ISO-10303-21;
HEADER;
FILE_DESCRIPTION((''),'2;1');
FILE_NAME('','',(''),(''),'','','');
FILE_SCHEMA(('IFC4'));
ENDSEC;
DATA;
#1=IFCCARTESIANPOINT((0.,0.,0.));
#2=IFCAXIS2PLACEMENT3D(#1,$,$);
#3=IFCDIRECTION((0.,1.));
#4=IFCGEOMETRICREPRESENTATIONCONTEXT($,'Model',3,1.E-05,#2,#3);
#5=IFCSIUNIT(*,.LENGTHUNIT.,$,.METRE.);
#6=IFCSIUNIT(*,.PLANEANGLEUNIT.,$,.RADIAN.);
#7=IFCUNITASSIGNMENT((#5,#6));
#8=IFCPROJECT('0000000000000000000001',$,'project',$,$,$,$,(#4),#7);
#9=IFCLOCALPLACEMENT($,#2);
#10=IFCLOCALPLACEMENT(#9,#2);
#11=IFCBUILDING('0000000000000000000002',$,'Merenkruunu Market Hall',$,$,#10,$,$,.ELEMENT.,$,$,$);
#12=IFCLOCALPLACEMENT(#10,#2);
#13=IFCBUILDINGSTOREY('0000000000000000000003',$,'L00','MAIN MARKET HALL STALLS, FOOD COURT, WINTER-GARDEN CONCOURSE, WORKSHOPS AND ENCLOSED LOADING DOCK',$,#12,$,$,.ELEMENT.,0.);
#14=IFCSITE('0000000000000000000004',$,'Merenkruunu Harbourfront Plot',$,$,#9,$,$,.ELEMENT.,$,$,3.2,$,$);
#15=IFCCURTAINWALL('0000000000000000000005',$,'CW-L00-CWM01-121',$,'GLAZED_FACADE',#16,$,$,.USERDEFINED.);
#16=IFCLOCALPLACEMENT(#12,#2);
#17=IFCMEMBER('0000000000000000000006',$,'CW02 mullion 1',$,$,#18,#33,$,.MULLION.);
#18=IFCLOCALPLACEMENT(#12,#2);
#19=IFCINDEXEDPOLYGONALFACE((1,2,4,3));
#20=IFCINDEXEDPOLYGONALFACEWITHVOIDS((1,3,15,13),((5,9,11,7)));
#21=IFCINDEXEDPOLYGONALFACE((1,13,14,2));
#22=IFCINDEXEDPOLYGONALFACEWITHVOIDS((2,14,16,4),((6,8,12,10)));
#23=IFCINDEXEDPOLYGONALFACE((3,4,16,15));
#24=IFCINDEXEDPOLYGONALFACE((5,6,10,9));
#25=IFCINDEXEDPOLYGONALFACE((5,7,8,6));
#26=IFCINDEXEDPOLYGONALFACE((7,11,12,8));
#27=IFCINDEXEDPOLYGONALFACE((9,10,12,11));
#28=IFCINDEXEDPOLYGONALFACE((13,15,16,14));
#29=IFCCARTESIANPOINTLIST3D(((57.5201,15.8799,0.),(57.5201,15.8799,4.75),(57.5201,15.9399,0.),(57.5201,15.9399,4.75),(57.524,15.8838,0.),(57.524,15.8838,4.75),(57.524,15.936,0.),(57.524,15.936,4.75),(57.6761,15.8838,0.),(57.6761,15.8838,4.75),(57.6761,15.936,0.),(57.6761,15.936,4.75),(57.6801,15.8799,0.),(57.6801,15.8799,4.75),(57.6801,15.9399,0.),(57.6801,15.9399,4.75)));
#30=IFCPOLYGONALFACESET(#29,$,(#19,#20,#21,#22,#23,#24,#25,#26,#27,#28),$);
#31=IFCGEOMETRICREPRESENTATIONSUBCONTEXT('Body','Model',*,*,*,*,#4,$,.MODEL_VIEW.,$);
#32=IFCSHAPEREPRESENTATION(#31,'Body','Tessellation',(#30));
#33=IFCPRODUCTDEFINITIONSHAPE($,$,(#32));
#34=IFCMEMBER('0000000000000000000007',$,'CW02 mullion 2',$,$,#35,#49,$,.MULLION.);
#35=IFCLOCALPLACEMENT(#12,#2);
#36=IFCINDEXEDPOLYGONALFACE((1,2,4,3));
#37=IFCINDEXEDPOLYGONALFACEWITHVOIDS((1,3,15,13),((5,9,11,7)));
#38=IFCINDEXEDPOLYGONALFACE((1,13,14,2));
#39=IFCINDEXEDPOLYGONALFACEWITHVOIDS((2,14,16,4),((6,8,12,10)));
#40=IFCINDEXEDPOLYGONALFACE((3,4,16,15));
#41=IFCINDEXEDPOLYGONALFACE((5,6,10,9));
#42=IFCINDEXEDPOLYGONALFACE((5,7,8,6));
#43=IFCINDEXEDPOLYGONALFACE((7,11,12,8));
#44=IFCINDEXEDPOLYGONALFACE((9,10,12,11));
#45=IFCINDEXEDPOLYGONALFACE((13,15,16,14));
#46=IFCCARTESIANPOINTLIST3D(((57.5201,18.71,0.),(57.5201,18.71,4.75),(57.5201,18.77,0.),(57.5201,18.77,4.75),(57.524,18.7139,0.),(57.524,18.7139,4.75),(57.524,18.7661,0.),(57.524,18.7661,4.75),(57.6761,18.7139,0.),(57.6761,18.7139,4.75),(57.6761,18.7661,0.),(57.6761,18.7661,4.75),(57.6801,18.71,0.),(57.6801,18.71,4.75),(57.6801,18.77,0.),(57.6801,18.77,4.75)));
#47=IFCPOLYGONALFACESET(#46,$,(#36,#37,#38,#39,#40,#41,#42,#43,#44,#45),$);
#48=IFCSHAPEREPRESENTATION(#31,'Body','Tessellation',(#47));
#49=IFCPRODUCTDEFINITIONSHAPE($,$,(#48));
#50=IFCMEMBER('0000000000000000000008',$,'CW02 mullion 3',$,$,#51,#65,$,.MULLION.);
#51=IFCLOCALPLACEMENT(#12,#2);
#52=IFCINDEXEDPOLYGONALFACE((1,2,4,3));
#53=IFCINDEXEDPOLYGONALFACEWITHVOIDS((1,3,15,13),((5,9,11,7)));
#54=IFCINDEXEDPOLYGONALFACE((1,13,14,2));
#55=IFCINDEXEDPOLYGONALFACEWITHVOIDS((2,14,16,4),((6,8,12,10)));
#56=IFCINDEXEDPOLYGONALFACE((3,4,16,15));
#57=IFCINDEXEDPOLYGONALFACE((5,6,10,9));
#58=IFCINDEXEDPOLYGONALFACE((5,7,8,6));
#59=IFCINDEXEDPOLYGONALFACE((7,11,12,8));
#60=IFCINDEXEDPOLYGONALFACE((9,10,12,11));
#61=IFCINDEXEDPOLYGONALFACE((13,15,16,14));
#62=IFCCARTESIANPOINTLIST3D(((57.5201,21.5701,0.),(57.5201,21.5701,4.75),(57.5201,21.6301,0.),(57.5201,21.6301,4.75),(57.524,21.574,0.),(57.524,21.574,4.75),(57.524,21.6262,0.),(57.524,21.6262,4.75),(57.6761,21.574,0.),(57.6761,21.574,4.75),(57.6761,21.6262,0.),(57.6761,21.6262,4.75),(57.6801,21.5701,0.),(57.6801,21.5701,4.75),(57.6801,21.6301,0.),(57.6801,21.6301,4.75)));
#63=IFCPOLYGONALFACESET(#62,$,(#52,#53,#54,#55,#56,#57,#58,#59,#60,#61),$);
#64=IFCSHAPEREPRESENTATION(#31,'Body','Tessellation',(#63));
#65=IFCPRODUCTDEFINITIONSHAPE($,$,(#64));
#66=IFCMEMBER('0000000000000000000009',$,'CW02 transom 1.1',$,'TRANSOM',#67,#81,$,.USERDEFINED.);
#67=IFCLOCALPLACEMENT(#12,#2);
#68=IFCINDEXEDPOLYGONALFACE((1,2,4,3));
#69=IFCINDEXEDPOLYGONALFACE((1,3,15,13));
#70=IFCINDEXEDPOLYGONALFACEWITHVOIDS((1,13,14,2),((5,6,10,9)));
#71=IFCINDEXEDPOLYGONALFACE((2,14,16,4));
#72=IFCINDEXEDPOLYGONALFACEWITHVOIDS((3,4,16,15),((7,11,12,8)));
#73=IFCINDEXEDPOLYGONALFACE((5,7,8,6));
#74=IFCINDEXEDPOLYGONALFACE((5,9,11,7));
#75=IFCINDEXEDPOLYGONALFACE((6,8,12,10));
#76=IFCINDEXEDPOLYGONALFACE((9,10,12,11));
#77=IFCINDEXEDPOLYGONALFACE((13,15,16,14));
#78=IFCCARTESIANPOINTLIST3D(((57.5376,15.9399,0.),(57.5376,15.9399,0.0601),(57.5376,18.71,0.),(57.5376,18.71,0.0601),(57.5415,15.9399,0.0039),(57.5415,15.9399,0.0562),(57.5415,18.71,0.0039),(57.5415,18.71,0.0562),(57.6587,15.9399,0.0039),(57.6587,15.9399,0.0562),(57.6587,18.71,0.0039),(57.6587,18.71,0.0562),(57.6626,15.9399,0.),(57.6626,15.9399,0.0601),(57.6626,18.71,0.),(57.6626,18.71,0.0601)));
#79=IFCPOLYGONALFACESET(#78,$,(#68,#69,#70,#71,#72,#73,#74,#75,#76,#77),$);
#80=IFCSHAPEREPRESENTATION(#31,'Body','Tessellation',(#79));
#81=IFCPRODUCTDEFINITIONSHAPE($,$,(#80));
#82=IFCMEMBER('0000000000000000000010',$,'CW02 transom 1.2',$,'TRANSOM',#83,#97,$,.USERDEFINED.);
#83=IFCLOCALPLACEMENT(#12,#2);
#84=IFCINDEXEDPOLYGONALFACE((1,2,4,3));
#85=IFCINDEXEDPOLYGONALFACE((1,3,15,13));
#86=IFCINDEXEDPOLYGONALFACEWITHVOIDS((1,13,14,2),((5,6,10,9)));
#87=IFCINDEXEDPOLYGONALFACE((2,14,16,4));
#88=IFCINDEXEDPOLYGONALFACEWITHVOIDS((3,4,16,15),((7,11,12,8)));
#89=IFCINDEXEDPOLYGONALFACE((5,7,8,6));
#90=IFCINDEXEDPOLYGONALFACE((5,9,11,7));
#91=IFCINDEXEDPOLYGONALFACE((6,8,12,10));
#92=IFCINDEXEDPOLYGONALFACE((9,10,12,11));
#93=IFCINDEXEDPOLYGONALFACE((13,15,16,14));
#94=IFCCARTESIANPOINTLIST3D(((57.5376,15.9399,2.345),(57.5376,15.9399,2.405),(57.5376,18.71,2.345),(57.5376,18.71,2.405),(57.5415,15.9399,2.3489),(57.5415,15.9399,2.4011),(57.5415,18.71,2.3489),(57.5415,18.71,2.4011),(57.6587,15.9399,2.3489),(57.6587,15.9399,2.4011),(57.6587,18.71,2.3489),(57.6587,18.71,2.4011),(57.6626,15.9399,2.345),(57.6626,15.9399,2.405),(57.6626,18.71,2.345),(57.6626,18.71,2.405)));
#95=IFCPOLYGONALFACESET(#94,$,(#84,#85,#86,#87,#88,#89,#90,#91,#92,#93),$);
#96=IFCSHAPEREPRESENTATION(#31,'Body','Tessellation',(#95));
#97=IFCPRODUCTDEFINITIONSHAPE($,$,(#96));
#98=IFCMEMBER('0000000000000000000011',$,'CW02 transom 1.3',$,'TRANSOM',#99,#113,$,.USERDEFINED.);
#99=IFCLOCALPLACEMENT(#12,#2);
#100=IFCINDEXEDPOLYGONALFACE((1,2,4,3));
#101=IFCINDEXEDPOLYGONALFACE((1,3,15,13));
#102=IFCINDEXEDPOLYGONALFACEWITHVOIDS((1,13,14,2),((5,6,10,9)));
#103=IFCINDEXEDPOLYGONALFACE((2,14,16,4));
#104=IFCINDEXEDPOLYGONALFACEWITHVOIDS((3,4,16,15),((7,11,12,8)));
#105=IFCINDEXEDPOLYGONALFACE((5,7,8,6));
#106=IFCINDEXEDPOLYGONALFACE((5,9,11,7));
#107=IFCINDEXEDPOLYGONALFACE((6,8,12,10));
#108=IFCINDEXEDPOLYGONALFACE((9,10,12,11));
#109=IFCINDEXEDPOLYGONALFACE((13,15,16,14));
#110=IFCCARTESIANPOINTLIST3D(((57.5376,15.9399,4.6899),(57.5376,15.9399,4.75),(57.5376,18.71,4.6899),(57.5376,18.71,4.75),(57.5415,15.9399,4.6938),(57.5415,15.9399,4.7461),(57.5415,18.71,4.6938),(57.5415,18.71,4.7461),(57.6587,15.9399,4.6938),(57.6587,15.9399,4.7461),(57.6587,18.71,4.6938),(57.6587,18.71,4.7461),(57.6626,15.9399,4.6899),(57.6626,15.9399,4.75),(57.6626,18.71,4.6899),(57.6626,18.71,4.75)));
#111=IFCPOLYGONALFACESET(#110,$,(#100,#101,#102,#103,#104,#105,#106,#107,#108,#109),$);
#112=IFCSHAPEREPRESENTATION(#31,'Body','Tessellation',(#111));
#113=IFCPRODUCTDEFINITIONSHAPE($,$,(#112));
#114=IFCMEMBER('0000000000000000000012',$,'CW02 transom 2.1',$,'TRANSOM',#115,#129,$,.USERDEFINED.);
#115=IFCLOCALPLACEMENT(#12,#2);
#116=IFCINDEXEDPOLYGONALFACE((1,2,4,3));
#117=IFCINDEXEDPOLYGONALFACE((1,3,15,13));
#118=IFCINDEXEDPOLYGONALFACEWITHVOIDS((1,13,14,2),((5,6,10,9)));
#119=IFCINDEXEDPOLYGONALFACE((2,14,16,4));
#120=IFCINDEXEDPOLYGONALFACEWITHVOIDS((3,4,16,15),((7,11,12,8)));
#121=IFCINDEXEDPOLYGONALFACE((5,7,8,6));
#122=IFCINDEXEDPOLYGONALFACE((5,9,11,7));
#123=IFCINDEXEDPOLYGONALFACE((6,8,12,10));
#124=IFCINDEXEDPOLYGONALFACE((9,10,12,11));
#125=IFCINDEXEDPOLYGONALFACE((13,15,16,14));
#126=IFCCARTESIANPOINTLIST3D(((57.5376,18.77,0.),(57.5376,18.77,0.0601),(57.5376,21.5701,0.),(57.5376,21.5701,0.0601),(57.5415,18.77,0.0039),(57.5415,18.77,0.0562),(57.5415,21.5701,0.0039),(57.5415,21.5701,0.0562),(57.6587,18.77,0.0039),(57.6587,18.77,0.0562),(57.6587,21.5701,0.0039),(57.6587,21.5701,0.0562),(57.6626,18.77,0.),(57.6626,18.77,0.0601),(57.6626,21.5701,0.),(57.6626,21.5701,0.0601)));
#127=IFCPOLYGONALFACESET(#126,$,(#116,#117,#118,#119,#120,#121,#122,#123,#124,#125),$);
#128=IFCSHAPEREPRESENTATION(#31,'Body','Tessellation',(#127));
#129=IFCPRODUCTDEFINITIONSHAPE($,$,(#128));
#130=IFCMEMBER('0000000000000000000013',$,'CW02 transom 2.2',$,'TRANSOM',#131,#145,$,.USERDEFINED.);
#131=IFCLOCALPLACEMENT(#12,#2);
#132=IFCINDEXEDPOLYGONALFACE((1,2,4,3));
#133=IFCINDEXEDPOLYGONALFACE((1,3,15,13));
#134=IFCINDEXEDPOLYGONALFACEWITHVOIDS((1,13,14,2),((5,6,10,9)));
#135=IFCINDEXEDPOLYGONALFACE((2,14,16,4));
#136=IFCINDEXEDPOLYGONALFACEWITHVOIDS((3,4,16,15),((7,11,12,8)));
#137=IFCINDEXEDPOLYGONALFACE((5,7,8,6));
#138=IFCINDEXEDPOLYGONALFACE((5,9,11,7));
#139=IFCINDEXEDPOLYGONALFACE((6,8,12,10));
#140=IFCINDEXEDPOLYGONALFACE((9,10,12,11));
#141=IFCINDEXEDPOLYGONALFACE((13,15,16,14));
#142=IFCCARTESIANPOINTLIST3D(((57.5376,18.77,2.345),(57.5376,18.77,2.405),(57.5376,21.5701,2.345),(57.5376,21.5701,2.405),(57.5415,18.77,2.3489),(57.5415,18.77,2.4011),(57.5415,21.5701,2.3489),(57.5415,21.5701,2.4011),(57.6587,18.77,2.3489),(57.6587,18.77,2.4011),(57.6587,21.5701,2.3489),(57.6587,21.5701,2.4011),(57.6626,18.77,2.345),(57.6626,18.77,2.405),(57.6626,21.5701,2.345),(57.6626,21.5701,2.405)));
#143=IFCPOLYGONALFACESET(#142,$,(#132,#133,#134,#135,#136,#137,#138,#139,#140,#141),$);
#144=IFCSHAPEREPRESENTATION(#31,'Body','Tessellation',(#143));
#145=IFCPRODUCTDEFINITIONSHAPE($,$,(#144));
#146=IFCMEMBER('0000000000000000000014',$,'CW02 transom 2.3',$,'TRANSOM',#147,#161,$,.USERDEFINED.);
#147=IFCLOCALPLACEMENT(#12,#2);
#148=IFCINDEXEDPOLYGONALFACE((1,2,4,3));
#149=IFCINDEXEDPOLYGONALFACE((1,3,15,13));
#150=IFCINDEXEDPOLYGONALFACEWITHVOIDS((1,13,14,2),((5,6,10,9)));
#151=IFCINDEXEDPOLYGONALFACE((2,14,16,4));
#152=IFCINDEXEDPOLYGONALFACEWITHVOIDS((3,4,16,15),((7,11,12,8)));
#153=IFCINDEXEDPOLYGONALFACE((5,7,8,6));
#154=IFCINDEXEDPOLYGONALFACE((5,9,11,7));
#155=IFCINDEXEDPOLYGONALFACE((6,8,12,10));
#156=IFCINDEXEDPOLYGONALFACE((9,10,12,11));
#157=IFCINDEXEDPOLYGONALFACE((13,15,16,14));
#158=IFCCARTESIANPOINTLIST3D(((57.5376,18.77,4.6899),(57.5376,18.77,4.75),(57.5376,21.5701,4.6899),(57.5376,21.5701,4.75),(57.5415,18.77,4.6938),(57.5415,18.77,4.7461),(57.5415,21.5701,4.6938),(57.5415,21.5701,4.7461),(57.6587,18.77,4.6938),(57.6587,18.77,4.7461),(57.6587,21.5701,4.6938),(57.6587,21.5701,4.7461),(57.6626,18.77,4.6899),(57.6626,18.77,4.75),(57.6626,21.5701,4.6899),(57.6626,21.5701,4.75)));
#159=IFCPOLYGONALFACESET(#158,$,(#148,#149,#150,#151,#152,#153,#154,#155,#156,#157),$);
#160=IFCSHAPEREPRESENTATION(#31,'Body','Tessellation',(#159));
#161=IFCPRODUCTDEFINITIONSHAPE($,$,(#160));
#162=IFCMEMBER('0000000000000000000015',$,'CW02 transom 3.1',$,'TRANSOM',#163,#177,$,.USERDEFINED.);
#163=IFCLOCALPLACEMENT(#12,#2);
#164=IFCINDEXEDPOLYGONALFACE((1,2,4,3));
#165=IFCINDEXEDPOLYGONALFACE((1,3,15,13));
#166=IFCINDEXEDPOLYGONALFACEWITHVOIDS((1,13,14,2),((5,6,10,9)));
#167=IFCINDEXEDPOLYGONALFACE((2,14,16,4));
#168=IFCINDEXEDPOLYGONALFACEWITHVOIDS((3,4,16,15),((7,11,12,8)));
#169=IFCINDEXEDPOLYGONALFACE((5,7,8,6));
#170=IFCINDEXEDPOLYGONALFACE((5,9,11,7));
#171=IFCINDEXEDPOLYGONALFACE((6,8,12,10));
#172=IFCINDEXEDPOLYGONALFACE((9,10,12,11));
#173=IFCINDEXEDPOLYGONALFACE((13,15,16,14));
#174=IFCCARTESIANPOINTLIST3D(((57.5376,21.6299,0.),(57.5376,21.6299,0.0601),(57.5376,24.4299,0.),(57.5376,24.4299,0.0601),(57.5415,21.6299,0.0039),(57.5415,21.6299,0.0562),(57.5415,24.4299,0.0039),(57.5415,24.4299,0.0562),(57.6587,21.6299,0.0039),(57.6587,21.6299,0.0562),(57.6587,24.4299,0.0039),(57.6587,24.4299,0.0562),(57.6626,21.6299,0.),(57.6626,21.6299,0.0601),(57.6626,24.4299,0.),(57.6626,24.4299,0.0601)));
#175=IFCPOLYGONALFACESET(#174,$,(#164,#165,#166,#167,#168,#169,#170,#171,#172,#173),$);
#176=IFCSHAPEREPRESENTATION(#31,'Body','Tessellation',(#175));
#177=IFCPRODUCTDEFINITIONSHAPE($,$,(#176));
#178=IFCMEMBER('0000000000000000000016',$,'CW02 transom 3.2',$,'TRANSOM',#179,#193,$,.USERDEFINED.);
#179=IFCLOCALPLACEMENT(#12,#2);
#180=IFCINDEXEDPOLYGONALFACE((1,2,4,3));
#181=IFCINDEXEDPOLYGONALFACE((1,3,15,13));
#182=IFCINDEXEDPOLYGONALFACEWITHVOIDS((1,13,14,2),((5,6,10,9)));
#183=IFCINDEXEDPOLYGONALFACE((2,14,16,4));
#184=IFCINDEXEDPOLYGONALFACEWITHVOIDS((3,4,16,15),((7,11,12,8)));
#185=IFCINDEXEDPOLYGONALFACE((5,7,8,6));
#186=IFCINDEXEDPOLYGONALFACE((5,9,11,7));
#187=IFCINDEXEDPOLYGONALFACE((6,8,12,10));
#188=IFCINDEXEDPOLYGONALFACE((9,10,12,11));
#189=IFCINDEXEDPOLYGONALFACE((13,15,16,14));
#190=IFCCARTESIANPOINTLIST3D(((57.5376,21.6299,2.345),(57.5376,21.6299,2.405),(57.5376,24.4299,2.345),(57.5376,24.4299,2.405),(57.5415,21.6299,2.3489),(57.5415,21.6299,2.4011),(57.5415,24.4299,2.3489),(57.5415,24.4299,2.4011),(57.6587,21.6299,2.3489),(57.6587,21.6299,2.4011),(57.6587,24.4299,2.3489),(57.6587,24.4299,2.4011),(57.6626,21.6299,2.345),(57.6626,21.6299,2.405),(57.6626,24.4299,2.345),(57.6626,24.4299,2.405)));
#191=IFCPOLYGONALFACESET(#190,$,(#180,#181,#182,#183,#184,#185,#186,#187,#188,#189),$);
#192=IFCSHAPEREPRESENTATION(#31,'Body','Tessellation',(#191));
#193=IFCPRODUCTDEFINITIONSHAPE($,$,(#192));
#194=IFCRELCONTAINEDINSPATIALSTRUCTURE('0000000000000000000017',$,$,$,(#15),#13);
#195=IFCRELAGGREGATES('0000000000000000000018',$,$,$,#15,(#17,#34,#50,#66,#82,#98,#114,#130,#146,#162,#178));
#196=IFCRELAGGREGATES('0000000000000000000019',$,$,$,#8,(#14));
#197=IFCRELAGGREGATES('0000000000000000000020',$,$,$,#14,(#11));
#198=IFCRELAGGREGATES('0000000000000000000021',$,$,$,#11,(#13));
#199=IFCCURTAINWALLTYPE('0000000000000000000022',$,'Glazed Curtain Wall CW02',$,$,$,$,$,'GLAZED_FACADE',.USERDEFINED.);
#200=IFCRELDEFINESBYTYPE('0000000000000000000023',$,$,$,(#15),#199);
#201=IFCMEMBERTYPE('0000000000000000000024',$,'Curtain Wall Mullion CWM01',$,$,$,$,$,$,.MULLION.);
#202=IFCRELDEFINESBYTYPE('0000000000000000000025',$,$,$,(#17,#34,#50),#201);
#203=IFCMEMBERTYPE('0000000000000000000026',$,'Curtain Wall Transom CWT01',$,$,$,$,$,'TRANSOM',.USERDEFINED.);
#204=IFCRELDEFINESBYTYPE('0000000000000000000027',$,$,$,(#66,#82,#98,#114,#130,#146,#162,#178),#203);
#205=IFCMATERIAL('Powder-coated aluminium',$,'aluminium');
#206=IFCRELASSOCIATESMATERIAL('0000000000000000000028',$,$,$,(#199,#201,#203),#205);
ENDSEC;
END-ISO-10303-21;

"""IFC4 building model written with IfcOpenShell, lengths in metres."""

from ifc_helpers import new_model, si_unit, direction, frame, origin, origin_2d, place, context, subcontext, project, spatial, hollow_rectangle, extrude, material, material_profile, profile_set, type_object, element, aggregate, save


model = new_model("IFC4")

# Units and contexts
model_context = context("Model", 3, precision=1e-05, world=origin(), true_north=direction((0.0, 1.0)))
body_context = subcontext(model_context, "Body", "Model", "MODEL_VIEW")
ifc_project = project(units=[si_unit("LENGTHUNIT", "METRE"), si_unit("PLANEANGLEUNIT", "RADIAN")], contexts=[model_context])

# Site, building, storey
site_placement = place(None, origin())
site = spatial("IfcSite", under=ifc_project, at=site_placement, Name="Merenkruunu Harbourfront Plot", CompositionType="ELEMENT", RefElevation=3.2)
building_placement = place(site_placement, origin())
building = spatial("IfcBuilding", under=site, at=building_placement, Name="Merenkruunu Market Hall", CompositionType="ELEMENT")
storey_placement = place(building_placement, origin())
storey = spatial("IfcBuildingStorey", under=building, at=storey_placement, Name="L00", Description="MAIN MARKET HALL STALLS, FOOD COURT, WINTER-GARDEN CONCOURSE, WORKSHOPS AND ENCLOSED LOADING DOCK", CompositionType="ELEMENT", Elevation=0.0)

# Curtain wall, members
ifc_material_1 = material(Name="Powder-coated aluminium", Category="aluminium")
curtain_wall_type = type_object("IfcCurtainWallType", Name="Glazed Curtain Wall CW02", ElementType="GLAZED_FACADE", PredefinedType="USERDEFINED", material=ifc_material_1)
curtain_wall_placement = place(storey_placement, origin())
curtain_wall = element("IfcCurtainWall", 1, at=curtain_wall_placement, inside=storey, type_object=curtain_wall_type, Name="CW-L00-CWM01-121", ObjectType="GLAZED_FACADE", PredefinedType="USERDEFINED")
ifc_material_profile_1 = material_profile(ifc_material_1, hollow_rectangle(XDim=0.0601, YDim=0.1599, WallThickness=0.0039, at=origin_2d()), Name="ALU 60x160x4")
ifc_profile_set_1 = profile_set([ifc_material_profile_1], Name="Powder-coated aluminium")
member_type_1 = type_object("IfcMemberType", Name="Curtain Wall Mullion CWM01", PredefinedType="MULLION", material=ifc_profile_set_1)
member_1_placement = place(storey_placement, frame((57.6001, 15.9099, 0.0), z_axis=(0.0, 0.0, 1.0), x_axis=(0.0, 1.0, 0.0)))
member_1 = element("IfcMember", 2, at=member_1_placement, type_object=member_type_1, Name="CW02 mullion 1", PredefinedType="MULLION", context=body_context, shape_type="SweptSolid", body=[
    extrude(hollow_rectangle(XDim=0.0601, YDim=0.1599, WallThickness=0.0039, at=origin_2d()), origin(), (0.0, 0.0, 1.0), 4.75),
])
member_2_placement = place(storey_placement, frame((57.6001, 18.74, 0.0), z_axis=(0.0, 0.0, 1.0), x_axis=(0.0, 1.0, 0.0)))
member_2 = element("IfcMember", 3, at=member_2_placement, type_object=member_type_1, Name="CW02 mullion 2", PredefinedType="MULLION", context=body_context, shape_type="SweptSolid", body=[
    extrude(hollow_rectangle(XDim=0.0601, YDim=0.1599, WallThickness=0.0039, at=origin_2d()), origin(), (0.0, 0.0, 1.0), 4.75),
])
member_3_placement = place(storey_placement, frame((57.6001, 21.6001, 0.0), z_axis=(0.0, 0.0, 1.0), x_axis=(0.0, 1.0, 0.0)))
member_3 = element("IfcMember", 4, at=member_3_placement, type_object=member_type_1, Name="CW02 mullion 3", PredefinedType="MULLION", context=body_context, shape_type="SweptSolid", body=[
    extrude(hollow_rectangle(XDim=0.0601, YDim=0.1599, WallThickness=0.0039, at=origin_2d()), origin(), (0.0, 0.0, 1.0), 4.75),
])
ifc_material_profile_2 = material_profile(ifc_material_1, hollow_rectangle(XDim=0.0601, YDim=0.125, WallThickness=0.0039, at=origin_2d()), Name="ALU 60x125x4")
ifc_profile_set_2 = profile_set([ifc_material_profile_2], Name="Powder-coated aluminium")
member_type_2 = type_object("IfcMemberType", Name="Curtain Wall Transom CWT01", ElementType="TRANSOM", PredefinedType="USERDEFINED", material=ifc_profile_set_2)
member_4_placement = place(storey_placement, frame((57.6001, 15.9399, 0.03), z_axis=(0.0, 1.0, 0.0), x_axis=(0.0, 0.0, 1.0)))
member_4 = element("IfcMember", 5, at=member_4_placement, type_object=member_type_2, Name="CW02 transom 1.1", ObjectType="TRANSOM", PredefinedType="USERDEFINED", context=body_context, shape_type="SweptSolid", body=[
    extrude(hollow_rectangle(XDim=0.0601, YDim=0.125, WallThickness=0.0039, at=origin_2d()), origin(), (0.0, 0.0, 1.0), 2.77),
])
member_5_placement = place(storey_placement, frame((57.6001, 15.9399, 2.375), z_axis=(0.0, 1.0, 0.0), x_axis=(0.0, 0.0, 1.0)))
member_5 = element("IfcMember", 6, at=member_5_placement, type_object=member_type_2, Name="CW02 transom 1.2", ObjectType="TRANSOM", PredefinedType="USERDEFINED", context=body_context, shape_type="SweptSolid", body=[
    extrude(hollow_rectangle(XDim=0.0601, YDim=0.125, WallThickness=0.0039, at=origin_2d()), origin(), (0.0, 0.0, 1.0), 2.77),
])
member_6_placement = place(storey_placement, frame((57.6001, 15.9399, 4.72), z_axis=(0.0, 1.0, 0.0), x_axis=(0.0, 0.0, 1.0)))
member_6 = element("IfcMember", 7, at=member_6_placement, type_object=member_type_2, Name="CW02 transom 1.3", ObjectType="TRANSOM", PredefinedType="USERDEFINED", context=body_context, shape_type="SweptSolid", body=[
    extrude(hollow_rectangle(XDim=0.0601, YDim=0.125, WallThickness=0.0039, at=origin_2d()), origin(), (0.0, 0.0, 1.0), 2.77),
])
member_7_placement = place(storey_placement, frame((57.6001, 18.77, 0.03), z_axis=(0.0, 1.0, 0.0), x_axis=(0.0, 0.0, 1.0)))
member_7 = element("IfcMember", 8, at=member_7_placement, type_object=member_type_2, Name="CW02 transom 2.1", ObjectType="TRANSOM", PredefinedType="USERDEFINED", context=body_context, shape_type="SweptSolid", body=[
    extrude(hollow_rectangle(XDim=0.0601, YDim=0.125, WallThickness=0.0039, at=origin_2d()), origin(), (0.0, 0.0, 1.0), 2.8),
])
member_8_placement = place(storey_placement, frame((57.6001, 18.77, 2.375), z_axis=(0.0, 1.0, 0.0), x_axis=(0.0, 0.0, 1.0)))
member_8 = element("IfcMember", 9, at=member_8_placement, type_object=member_type_2, Name="CW02 transom 2.2", ObjectType="TRANSOM", PredefinedType="USERDEFINED", context=body_context, shape_type="SweptSolid", body=[
    extrude(hollow_rectangle(XDim=0.0601, YDim=0.125, WallThickness=0.0039, at=origin_2d()), origin(), (0.0, 0.0, 1.0), 2.8),
])
member_9_placement = place(storey_placement, frame((57.6001, 18.77, 4.72), z_axis=(0.0, 1.0, 0.0), x_axis=(0.0, 0.0, 1.0)))
member_9 = element("IfcMember", 10, at=member_9_placement, type_object=member_type_2, Name="CW02 transom 2.3", ObjectType="TRANSOM", PredefinedType="USERDEFINED", context=body_context, shape_type="SweptSolid", body=[
    extrude(hollow_rectangle(XDim=0.0601, YDim=0.125, WallThickness=0.0039, at=origin_2d()), origin(), (0.0, 0.0, 1.0), 2.8),
])
member_10_placement = place(storey_placement, frame((57.6001, 21.6299, 0.03), z_axis=(0.0, 1.0, 0.0), x_axis=(0.0, 0.0, 1.0)))
member_10 = element("IfcMember", 11, at=member_10_placement, type_object=member_type_2, Name="CW02 transom 3.1", ObjectType="TRANSOM", PredefinedType="USERDEFINED", context=body_context, shape_type="SweptSolid", body=[
    extrude(hollow_rectangle(XDim=0.0601, YDim=0.125, WallThickness=0.0039, at=origin_2d()), origin(), (0.0, 0.0, 1.0), 2.8),
])
member_11_placement = place(storey_placement, frame((57.6001, 21.6299, 2.375), z_axis=(0.0, 1.0, 0.0), x_axis=(0.0, 0.0, 1.0)))
member_11 = element("IfcMember", 12, at=member_11_placement, type_object=member_type_2, Name="CW02 transom 3.2", ObjectType="TRANSOM", PredefinedType="USERDEFINED", context=body_context, shape_type="SweptSolid", body=[
    extrude(hollow_rectangle(XDim=0.0601, YDim=0.125, WallThickness=0.0039, at=origin_2d()), origin(), (0.0, 0.0, 1.0), 2.8),
])
aggregate(curtain_wall, [member_1, member_2, member_3, member_4, member_5, member_6, member_7, member_8, member_9, member_10, member_11])

save(model, "model.ifc")
